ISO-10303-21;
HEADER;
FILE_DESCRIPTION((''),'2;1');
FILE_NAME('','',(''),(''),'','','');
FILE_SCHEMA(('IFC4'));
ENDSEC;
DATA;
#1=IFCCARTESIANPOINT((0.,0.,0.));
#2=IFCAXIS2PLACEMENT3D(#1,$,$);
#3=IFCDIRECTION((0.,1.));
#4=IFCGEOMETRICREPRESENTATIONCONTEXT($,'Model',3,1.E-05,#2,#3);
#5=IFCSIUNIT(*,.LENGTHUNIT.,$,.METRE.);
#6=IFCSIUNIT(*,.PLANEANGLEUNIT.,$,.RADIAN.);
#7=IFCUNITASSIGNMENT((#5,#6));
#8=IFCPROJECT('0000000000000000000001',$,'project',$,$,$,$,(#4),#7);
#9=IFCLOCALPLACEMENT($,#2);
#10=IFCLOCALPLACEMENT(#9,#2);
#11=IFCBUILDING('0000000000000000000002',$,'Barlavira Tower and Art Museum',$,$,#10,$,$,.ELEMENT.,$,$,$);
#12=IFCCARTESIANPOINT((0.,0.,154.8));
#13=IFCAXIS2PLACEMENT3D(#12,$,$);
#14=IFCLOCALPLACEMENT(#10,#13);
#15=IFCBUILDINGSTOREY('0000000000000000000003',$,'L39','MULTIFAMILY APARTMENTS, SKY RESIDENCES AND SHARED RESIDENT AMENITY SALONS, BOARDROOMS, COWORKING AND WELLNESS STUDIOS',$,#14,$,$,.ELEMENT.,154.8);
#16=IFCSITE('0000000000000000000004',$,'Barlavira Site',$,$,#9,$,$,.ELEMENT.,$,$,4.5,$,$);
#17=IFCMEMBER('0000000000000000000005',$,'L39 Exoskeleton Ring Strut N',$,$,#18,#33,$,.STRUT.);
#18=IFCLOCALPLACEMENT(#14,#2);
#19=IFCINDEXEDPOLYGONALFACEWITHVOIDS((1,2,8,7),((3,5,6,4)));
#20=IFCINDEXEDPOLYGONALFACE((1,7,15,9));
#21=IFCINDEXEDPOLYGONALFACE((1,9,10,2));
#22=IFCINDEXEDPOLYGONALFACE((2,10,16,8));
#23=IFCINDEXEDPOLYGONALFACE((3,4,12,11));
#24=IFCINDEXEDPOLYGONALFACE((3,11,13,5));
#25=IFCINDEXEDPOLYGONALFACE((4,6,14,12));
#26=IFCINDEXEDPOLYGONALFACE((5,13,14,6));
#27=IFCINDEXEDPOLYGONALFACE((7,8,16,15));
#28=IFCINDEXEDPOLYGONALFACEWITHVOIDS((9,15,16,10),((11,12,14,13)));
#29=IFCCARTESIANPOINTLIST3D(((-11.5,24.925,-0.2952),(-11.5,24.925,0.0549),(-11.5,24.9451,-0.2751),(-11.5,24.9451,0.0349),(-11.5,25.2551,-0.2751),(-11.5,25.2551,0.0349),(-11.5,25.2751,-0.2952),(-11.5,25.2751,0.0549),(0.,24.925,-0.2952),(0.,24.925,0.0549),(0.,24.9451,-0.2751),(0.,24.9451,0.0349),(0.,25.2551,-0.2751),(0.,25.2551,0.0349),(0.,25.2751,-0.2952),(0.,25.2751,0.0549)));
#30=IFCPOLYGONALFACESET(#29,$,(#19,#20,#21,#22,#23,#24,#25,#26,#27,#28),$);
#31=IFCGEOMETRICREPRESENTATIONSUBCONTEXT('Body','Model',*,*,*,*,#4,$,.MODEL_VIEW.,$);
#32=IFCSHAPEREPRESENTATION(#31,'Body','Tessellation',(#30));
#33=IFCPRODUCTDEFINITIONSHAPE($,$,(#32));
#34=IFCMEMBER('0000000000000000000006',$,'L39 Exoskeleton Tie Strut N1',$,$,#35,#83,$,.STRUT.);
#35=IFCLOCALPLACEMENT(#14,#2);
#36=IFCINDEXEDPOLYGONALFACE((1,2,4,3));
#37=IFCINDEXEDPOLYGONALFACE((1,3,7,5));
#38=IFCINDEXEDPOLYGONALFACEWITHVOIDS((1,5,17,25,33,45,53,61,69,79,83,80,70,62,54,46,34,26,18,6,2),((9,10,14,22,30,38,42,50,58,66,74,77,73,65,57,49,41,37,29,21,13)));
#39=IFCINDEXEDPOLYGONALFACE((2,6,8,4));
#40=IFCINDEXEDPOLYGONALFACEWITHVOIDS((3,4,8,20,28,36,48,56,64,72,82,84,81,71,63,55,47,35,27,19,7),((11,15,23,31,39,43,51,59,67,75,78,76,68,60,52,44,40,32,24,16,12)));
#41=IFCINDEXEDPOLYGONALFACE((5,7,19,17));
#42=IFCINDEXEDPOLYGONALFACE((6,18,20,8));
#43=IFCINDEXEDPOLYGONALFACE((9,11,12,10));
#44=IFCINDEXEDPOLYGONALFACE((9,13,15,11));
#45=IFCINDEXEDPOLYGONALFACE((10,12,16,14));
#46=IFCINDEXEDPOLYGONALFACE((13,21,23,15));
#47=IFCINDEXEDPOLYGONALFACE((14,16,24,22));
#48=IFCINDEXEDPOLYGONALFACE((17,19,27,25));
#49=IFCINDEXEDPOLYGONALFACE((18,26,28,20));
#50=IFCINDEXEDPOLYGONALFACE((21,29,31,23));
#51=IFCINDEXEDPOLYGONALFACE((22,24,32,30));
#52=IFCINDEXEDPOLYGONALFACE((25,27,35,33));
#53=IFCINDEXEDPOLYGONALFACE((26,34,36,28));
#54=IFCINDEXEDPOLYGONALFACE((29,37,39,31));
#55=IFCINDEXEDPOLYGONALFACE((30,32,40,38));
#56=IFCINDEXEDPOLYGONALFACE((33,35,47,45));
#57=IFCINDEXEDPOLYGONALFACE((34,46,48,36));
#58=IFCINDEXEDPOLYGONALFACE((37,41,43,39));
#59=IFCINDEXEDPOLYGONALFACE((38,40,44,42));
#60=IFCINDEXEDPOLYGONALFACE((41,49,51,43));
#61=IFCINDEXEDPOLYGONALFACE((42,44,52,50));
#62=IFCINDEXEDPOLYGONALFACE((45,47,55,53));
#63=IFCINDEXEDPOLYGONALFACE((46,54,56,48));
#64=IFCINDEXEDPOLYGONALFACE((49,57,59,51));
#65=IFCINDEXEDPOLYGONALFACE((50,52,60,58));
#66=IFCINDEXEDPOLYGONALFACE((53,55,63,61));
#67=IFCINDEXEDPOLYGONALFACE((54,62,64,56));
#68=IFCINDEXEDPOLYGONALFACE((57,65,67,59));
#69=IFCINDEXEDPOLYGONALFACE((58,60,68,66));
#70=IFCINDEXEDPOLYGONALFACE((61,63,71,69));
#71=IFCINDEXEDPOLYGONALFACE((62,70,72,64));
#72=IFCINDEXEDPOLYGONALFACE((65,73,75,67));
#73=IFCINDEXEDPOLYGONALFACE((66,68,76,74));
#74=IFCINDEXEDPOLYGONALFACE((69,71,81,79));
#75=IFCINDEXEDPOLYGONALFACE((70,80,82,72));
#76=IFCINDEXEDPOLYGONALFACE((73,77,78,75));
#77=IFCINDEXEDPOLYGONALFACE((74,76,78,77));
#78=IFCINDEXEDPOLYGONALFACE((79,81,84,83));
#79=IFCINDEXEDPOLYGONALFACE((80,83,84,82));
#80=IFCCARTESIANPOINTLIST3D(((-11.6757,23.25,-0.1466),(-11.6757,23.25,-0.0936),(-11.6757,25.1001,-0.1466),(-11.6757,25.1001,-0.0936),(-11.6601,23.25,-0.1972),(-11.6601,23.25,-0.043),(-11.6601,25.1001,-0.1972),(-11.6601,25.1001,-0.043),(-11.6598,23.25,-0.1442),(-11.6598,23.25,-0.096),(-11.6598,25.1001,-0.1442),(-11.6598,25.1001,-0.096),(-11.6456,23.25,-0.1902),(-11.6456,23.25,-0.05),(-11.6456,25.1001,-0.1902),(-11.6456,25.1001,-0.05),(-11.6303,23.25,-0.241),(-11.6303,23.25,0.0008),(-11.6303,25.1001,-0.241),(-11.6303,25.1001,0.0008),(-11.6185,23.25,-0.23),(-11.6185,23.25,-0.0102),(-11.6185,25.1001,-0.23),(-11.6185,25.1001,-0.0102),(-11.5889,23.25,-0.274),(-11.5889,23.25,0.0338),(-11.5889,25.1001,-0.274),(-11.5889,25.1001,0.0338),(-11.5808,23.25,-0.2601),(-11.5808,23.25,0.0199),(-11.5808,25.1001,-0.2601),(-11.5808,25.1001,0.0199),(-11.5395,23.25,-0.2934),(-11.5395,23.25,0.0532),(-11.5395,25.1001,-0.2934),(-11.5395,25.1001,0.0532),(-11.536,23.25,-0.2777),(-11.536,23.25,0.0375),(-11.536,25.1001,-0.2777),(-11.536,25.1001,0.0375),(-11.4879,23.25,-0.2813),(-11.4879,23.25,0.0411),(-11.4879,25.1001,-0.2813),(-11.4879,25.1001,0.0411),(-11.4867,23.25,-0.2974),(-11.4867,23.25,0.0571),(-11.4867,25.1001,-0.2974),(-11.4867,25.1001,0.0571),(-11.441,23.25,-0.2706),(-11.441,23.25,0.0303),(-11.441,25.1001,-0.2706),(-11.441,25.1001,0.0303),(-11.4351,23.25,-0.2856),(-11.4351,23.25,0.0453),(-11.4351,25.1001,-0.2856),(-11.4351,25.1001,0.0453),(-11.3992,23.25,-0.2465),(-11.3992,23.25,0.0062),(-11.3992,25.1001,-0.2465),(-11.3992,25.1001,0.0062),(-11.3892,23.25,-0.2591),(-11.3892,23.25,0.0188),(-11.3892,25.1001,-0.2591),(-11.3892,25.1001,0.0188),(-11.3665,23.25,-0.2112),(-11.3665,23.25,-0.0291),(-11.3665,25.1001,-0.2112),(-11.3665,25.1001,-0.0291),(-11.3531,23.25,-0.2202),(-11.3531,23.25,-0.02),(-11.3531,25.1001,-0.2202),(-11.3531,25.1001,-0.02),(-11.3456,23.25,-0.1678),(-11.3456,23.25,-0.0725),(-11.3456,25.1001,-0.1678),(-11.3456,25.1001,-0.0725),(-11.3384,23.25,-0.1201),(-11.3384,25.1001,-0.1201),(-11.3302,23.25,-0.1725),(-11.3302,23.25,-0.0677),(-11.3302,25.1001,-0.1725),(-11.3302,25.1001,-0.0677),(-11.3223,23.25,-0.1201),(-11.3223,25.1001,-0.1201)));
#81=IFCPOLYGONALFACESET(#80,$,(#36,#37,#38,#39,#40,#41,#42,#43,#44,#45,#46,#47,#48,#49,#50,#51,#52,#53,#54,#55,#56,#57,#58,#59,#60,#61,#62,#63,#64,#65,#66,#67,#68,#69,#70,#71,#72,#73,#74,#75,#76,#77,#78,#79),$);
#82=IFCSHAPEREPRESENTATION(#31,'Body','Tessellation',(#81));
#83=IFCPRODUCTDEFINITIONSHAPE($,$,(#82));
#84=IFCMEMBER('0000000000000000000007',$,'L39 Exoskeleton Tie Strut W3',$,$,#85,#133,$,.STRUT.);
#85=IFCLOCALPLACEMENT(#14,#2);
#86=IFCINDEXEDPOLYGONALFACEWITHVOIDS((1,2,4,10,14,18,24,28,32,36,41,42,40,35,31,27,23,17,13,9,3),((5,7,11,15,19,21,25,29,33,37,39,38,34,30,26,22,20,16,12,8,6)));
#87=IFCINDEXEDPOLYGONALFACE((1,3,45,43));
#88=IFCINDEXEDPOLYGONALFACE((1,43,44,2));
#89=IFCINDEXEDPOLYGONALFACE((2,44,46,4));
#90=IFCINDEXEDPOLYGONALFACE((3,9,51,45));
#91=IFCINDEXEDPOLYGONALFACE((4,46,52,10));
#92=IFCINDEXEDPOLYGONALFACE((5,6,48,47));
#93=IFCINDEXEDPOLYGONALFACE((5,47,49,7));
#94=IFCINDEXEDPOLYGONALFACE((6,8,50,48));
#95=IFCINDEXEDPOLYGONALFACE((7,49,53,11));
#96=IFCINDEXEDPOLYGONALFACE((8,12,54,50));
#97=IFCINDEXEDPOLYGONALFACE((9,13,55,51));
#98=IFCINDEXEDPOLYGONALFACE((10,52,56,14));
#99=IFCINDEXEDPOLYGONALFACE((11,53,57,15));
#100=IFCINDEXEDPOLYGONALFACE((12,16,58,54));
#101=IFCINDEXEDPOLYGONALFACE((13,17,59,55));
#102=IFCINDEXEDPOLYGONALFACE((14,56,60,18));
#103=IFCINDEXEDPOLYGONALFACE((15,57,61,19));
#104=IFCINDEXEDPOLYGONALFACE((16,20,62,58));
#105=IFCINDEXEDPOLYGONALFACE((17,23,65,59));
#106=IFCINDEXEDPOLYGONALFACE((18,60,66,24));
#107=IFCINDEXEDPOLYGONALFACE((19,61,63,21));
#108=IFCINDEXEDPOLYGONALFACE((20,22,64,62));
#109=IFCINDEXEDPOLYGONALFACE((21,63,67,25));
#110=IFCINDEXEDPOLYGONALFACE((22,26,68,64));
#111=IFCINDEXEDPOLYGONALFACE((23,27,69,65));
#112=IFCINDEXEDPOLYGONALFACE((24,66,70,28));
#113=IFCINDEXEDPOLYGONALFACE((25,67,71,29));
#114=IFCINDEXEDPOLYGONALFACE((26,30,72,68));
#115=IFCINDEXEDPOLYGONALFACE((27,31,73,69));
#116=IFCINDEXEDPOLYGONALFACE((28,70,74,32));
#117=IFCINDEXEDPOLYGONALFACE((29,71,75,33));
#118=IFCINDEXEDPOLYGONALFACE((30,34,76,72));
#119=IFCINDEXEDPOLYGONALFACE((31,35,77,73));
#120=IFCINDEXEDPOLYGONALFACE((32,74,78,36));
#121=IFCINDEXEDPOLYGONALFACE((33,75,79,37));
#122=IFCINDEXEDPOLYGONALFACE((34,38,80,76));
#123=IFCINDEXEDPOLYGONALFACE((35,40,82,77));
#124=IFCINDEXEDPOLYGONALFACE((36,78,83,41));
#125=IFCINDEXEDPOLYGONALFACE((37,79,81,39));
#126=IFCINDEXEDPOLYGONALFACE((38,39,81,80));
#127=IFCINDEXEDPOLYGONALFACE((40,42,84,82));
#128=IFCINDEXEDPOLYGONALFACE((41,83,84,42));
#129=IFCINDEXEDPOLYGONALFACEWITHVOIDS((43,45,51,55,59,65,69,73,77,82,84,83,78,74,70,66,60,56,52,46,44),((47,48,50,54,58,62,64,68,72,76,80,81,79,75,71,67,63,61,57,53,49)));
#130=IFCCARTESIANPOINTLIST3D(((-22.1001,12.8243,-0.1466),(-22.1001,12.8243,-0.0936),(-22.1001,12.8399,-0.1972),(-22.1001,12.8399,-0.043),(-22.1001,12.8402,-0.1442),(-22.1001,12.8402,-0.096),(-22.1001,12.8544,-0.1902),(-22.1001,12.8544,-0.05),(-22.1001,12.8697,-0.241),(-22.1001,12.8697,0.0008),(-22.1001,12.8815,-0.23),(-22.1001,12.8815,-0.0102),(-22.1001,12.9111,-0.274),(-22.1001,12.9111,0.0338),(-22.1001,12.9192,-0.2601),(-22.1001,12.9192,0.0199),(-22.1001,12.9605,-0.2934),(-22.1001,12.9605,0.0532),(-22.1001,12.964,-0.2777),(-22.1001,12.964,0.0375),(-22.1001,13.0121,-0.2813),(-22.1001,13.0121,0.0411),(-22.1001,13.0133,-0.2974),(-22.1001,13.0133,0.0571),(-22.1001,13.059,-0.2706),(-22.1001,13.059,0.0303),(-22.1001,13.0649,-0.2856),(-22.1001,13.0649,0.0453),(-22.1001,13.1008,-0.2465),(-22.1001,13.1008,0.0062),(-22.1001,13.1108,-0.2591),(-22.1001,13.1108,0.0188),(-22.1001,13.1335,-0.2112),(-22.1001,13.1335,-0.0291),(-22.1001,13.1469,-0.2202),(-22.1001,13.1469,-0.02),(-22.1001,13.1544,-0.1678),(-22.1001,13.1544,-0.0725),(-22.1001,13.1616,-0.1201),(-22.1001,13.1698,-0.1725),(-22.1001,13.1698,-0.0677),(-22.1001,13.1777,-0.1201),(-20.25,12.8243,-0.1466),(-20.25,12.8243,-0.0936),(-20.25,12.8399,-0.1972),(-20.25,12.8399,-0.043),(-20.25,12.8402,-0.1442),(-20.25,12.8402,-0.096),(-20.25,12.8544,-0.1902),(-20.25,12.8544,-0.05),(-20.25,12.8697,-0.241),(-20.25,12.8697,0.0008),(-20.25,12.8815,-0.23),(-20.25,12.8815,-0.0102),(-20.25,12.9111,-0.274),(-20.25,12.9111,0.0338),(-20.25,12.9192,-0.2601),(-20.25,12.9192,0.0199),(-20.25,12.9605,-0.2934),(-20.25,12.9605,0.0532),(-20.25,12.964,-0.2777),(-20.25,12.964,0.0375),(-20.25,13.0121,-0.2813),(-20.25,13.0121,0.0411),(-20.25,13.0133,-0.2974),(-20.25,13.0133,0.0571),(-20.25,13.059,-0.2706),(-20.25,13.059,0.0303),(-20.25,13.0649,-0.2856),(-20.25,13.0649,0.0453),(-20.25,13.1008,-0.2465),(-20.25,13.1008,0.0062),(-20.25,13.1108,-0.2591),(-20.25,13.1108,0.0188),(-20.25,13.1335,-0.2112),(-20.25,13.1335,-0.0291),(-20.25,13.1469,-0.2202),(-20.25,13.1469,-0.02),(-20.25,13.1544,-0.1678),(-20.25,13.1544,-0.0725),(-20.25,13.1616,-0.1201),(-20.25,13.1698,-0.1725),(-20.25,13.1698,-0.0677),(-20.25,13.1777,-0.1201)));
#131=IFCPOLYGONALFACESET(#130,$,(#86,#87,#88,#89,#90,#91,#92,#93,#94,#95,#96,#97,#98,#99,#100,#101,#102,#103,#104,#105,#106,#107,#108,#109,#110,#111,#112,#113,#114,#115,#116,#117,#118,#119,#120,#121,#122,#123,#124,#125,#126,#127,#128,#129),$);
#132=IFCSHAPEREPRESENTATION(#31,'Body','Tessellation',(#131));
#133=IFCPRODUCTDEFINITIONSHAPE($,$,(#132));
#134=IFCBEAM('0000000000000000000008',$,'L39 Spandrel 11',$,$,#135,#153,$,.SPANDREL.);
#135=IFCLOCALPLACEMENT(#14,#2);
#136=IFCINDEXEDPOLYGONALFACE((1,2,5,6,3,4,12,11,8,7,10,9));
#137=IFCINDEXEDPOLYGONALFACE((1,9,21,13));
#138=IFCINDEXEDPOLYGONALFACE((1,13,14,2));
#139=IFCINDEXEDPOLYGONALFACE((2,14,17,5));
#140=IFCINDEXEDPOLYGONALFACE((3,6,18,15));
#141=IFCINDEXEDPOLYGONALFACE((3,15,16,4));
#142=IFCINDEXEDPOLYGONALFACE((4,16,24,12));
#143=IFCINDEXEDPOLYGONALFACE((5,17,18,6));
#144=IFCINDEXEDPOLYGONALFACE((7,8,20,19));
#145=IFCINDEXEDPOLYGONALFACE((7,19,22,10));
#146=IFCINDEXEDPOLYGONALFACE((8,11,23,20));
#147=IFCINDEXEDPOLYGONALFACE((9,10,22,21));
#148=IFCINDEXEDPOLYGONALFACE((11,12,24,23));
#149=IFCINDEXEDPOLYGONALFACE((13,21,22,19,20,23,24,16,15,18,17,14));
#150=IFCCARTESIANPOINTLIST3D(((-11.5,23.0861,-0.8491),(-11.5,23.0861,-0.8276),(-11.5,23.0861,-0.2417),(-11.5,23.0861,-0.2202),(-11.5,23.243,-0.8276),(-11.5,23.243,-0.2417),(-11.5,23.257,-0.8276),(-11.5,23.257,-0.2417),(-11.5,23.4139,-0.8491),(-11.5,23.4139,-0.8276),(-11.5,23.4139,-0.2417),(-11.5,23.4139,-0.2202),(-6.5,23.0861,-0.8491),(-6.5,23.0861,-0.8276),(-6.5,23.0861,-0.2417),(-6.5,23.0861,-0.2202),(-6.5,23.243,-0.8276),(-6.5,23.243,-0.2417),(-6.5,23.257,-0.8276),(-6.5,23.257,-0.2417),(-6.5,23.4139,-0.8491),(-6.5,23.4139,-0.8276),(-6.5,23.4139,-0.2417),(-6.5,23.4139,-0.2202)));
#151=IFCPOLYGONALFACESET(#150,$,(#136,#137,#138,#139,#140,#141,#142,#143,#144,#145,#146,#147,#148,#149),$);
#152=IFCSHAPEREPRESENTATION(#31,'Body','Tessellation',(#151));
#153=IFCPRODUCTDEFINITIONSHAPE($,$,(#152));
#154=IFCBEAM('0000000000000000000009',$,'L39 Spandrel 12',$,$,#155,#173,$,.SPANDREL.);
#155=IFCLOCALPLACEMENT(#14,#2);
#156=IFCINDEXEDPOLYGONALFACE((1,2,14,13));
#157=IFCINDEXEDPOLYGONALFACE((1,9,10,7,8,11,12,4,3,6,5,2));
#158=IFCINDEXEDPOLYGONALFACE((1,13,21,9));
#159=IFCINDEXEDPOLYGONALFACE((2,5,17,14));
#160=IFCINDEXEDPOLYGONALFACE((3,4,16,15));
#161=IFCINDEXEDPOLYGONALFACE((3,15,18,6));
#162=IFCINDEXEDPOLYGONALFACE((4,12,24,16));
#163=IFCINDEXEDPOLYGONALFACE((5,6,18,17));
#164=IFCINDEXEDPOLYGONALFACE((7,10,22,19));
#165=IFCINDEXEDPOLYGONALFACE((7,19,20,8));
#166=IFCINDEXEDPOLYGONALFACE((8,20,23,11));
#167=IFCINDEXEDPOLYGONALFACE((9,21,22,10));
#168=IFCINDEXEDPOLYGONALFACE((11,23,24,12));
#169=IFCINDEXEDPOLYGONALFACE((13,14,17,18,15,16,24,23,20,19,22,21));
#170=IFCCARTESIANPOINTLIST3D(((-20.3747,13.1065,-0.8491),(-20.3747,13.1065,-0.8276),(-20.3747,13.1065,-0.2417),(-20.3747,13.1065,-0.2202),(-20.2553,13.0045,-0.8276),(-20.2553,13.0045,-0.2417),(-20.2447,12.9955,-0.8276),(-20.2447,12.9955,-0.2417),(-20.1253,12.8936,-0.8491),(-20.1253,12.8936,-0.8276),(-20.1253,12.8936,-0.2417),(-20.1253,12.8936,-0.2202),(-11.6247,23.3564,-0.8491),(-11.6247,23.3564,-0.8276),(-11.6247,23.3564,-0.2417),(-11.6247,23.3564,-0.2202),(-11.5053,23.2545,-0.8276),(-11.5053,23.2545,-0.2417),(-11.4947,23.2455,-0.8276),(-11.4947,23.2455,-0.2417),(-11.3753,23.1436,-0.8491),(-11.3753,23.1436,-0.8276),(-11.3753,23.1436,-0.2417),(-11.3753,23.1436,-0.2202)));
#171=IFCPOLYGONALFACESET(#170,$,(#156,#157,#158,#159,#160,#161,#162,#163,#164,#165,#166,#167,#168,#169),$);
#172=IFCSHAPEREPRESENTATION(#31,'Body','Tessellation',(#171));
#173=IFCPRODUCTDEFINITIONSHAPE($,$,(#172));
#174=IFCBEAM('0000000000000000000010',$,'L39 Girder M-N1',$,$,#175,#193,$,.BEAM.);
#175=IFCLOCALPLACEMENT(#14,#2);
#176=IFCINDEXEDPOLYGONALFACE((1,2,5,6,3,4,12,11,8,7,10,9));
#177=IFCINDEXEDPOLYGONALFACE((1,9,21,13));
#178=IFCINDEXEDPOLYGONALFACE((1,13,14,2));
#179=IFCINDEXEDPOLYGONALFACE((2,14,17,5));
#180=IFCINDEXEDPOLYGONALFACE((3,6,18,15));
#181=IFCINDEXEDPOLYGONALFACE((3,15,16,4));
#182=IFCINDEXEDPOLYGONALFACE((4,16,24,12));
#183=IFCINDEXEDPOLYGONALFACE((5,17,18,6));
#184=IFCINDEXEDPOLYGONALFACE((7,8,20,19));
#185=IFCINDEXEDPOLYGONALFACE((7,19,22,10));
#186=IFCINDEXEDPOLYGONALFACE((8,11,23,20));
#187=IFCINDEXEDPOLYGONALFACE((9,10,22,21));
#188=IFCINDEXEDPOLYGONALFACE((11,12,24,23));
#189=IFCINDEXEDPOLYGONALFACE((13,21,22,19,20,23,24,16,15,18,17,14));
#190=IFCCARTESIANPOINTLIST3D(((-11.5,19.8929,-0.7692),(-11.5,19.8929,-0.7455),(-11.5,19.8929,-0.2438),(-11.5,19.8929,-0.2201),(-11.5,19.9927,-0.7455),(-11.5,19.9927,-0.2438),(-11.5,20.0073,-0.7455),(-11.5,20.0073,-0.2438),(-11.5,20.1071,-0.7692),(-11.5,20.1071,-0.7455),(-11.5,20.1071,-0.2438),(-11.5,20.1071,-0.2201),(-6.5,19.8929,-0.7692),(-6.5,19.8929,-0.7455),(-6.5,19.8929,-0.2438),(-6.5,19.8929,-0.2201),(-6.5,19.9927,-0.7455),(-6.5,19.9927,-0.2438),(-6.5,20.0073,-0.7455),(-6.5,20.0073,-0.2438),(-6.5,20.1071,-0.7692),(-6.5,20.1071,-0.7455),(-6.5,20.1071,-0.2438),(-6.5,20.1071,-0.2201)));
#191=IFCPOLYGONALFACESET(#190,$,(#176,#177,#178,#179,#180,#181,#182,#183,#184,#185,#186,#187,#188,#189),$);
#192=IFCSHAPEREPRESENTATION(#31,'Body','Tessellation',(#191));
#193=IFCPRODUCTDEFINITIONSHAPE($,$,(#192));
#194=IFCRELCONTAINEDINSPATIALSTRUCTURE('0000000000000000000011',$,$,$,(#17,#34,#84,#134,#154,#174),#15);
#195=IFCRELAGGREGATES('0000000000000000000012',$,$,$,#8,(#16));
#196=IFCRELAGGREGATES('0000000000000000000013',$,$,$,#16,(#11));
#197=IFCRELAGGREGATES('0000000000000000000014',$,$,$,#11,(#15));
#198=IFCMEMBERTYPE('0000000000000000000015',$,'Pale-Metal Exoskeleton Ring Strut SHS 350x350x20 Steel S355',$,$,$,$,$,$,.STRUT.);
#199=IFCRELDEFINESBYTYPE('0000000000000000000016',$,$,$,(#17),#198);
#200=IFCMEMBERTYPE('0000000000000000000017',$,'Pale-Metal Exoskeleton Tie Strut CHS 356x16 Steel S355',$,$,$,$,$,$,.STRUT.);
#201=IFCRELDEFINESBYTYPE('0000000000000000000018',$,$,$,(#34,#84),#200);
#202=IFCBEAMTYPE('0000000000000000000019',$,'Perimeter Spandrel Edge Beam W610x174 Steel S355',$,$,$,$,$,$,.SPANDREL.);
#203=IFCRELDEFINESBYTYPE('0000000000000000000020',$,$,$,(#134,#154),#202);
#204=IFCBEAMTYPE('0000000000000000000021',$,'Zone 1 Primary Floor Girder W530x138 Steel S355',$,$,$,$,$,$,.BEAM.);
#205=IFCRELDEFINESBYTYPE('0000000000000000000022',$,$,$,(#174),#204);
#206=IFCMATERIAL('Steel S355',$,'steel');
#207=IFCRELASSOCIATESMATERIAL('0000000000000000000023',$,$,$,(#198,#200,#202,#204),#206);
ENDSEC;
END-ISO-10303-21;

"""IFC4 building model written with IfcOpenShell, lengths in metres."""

from ifc_helpers import new_model, si_unit, direction, frame, origin, origin_2d, place, context, subcontext, project, spatial, hollow_rectangle, hollow_circle, i_section, extrude, material, material_profile, profile_set, type_object, element, save


model = new_model("IFC4")

# Units and contexts
model_context = context("Model", 3, precision=1e-05, world=origin(), true_north=direction((0.0, 1.0)))
body_context = subcontext(model_context, "Body", "Model", "MODEL_VIEW")
ifc_project = project(units=[si_unit("LENGTHUNIT", "METRE"), si_unit("PLANEANGLEUNIT", "RADIAN")], contexts=[model_context])

# Site, building, storey
site_placement = place(None, origin())
site = spatial("IfcSite", under=ifc_project, at=site_placement, Name="Barlavira Site", CompositionType="ELEMENT", RefElevation=4.5)
building_placement = place(site_placement, origin())
building = spatial("IfcBuilding", under=site, at=building_placement, Name="Barlavira Tower and Art Museum", CompositionType="ELEMENT")
storey_placement = place(building_placement, frame((0.0, 0.0, 154.8)))
storey = spatial("IfcBuildingStorey", under=building, at=storey_placement, Name="L39", Description="MULTIFAMILY APARTMENTS, SKY RESIDENCES AND SHARED RESIDENT AMENITY SALONS, BOARDROOMS, COWORKING AND WELLNESS STUDIOS", CompositionType="ELEMENT", Elevation=154.8)

# Members
ifc_material_1 = material(Name="Steel S355", Category="steel")
ifc_material_profile_1 = material_profile(ifc_material_1, hollow_rectangle(XDim=0.3501, YDim=0.3501, WallThickness=0.02, at=origin_2d()), Name="SHS 350x350x20.0")
ifc_profile_set_1 = profile_set([ifc_material_profile_1], Name="Steel S355")
member_type_1 = type_object("IfcMemberType", Name="Pale-Metal Exoskeleton Ring Strut SHS 350x350x20 Steel S355", PredefinedType="STRUT", material=ifc_profile_set_1)
member_1_placement = place(storey_placement, frame((-11.5, 25.1001, -0.1201), z_axis=(1.0, 0.0, 0.0), x_axis=(0.0, 1.0, 0.0)))
element("IfcMember", 1, at=member_1_placement, inside=storey, type_object=member_type_1, Name="L39 Exoskeleton Ring Strut N", PredefinedType="STRUT", context=body_context, shape_type="SweptSolid", body=[
    extrude(hollow_rectangle(XDim=0.3501, YDim=0.3501, WallThickness=0.02, at=origin_2d()), origin(), (0.0, 0.0, 1.0), 11.5),
])
ifc_material_profile_2 = material_profile(ifc_material_1, hollow_circle(Radius=0.1777, WallThickness=0.0161, at=origin_2d()), Name="CHS 355.6x16.0")
ifc_profile_set_2 = profile_set([ifc_material_profile_2], Name="Steel S355")
member_type_2 = type_object("IfcMemberType", Name="Pale-Metal Exoskeleton Tie Strut CHS 356x16 Steel S355", PredefinedType="STRUT", material=ifc_profile_set_2)
for number, where, z_axis, x_axis, name in (
    (2, (-11.5, 25.1001, -0.1201), (0.0, -1.0, 0.0), (1.0, 0.0, 0.0), "L39 Exoskeleton Tie Strut N1"),
    (3, (-22.1001, 13.0, -0.1201), (1.0, 0.0, 0.0), (0.0, 1.0, 0.0), "L39 Exoskeleton Tie Strut W3"),
):
    element("IfcMember", number, at=place(storey_placement, frame(where, z_axis=z_axis, x_axis=x_axis)), inside=storey, type_object=member_type_2, Name=name, PredefinedType="STRUT", context=body_context, shape_type="SweptSolid", body=[
        extrude(hollow_circle(Radius=0.1777, WallThickness=0.0161, at=origin_2d()), origin(), (0.0, 0.0, 1.0), 1.8501),
    ])

# Beams
ifc_material_profile_3 = material_profile(ifc_material_1, i_section(OverallWidth=0.3279, OverallDepth=0.6289, WebThickness=0.0139, FlangeThickness=0.0215, at=origin_2d()), Name="W610x174.0")
ifc_profile_set_3 = profile_set([ifc_material_profile_3], Name="Steel S355")
beam_type_1 = type_object("IfcBeamType", Name="Perimeter Spandrel Edge Beam W610x174 Steel S355", PredefinedType="SPANDREL", material=ifc_profile_set_3)
beam_1_placement = place(storey_placement, frame((-11.5, 23.25, -0.5347), z_axis=(1.0, 0.0, 0.0), x_axis=(0.0, 1.0, 0.0)))
element("IfcBeam", 4, at=beam_1_placement, inside=storey, type_object=beam_type_1, Name="L39 Spandrel 11", PredefinedType="SPANDREL", context=body_context, shape_type="SweptSolid", body=[
    extrude(i_section(OverallWidth=0.3279, OverallDepth=0.6289, WebThickness=0.0139, FlangeThickness=0.0215, at=origin_2d()), origin(), (0.0, 0.0, 1.0), 5.0),
])
beam_2_placement = place(storey_placement, frame((-11.5, 23.25, -0.5347), z_axis=(-0.649262, -0.760565, 0.0), x_axis=(0.760565, -0.649262, 0.0)))
element("IfcBeam", 5, at=beam_2_placement, inside=storey, type_object=beam_type_1, Name="L39 Spandrel 12", PredefinedType="SPANDREL", context=body_context, shape_type="SweptSolid", body=[
    extrude(i_section(OverallWidth=0.3279, OverallDepth=0.6289, WebThickness=0.0139, FlangeThickness=0.0215, at=origin_2d()), origin(), (0.0, 0.0, 1.0), 13.4768),
])
ifc_material_profile_4 = material_profile(ifc_material_1, i_section(OverallWidth=0.2141, OverallDepth=0.5491, WebThickness=0.0146, FlangeThickness=0.0237, at=origin_2d()), Name="W530x138.0")
ifc_profile_set_4 = profile_set([ifc_material_profile_4], Name="Steel S355")
beam_type_2 = type_object("IfcBeamType", Name="Zone 1 Primary Floor Girder W530x138 Steel S355", PredefinedType="BEAM", material=ifc_profile_set_4)
beam_3_placement = place(storey_placement, frame((-11.5, 20.0, -0.4946), z_axis=(1.0, 0.0, 0.0), x_axis=(0.0, 1.0, 0.0)))
element("IfcBeam", 6, at=beam_3_placement, inside=storey, type_object=beam_type_2, Name="L39 Girder M-N1", PredefinedType="BEAM", context=body_context, shape_type="SweptSolid", body=[
    extrude(i_section(OverallWidth=0.2141, OverallDepth=0.5491, WebThickness=0.0146, FlangeThickness=0.0237, at=origin_2d()), origin(), (0.0, 0.0, 1.0), 5.0),
])

save(model, "model.ifc")
